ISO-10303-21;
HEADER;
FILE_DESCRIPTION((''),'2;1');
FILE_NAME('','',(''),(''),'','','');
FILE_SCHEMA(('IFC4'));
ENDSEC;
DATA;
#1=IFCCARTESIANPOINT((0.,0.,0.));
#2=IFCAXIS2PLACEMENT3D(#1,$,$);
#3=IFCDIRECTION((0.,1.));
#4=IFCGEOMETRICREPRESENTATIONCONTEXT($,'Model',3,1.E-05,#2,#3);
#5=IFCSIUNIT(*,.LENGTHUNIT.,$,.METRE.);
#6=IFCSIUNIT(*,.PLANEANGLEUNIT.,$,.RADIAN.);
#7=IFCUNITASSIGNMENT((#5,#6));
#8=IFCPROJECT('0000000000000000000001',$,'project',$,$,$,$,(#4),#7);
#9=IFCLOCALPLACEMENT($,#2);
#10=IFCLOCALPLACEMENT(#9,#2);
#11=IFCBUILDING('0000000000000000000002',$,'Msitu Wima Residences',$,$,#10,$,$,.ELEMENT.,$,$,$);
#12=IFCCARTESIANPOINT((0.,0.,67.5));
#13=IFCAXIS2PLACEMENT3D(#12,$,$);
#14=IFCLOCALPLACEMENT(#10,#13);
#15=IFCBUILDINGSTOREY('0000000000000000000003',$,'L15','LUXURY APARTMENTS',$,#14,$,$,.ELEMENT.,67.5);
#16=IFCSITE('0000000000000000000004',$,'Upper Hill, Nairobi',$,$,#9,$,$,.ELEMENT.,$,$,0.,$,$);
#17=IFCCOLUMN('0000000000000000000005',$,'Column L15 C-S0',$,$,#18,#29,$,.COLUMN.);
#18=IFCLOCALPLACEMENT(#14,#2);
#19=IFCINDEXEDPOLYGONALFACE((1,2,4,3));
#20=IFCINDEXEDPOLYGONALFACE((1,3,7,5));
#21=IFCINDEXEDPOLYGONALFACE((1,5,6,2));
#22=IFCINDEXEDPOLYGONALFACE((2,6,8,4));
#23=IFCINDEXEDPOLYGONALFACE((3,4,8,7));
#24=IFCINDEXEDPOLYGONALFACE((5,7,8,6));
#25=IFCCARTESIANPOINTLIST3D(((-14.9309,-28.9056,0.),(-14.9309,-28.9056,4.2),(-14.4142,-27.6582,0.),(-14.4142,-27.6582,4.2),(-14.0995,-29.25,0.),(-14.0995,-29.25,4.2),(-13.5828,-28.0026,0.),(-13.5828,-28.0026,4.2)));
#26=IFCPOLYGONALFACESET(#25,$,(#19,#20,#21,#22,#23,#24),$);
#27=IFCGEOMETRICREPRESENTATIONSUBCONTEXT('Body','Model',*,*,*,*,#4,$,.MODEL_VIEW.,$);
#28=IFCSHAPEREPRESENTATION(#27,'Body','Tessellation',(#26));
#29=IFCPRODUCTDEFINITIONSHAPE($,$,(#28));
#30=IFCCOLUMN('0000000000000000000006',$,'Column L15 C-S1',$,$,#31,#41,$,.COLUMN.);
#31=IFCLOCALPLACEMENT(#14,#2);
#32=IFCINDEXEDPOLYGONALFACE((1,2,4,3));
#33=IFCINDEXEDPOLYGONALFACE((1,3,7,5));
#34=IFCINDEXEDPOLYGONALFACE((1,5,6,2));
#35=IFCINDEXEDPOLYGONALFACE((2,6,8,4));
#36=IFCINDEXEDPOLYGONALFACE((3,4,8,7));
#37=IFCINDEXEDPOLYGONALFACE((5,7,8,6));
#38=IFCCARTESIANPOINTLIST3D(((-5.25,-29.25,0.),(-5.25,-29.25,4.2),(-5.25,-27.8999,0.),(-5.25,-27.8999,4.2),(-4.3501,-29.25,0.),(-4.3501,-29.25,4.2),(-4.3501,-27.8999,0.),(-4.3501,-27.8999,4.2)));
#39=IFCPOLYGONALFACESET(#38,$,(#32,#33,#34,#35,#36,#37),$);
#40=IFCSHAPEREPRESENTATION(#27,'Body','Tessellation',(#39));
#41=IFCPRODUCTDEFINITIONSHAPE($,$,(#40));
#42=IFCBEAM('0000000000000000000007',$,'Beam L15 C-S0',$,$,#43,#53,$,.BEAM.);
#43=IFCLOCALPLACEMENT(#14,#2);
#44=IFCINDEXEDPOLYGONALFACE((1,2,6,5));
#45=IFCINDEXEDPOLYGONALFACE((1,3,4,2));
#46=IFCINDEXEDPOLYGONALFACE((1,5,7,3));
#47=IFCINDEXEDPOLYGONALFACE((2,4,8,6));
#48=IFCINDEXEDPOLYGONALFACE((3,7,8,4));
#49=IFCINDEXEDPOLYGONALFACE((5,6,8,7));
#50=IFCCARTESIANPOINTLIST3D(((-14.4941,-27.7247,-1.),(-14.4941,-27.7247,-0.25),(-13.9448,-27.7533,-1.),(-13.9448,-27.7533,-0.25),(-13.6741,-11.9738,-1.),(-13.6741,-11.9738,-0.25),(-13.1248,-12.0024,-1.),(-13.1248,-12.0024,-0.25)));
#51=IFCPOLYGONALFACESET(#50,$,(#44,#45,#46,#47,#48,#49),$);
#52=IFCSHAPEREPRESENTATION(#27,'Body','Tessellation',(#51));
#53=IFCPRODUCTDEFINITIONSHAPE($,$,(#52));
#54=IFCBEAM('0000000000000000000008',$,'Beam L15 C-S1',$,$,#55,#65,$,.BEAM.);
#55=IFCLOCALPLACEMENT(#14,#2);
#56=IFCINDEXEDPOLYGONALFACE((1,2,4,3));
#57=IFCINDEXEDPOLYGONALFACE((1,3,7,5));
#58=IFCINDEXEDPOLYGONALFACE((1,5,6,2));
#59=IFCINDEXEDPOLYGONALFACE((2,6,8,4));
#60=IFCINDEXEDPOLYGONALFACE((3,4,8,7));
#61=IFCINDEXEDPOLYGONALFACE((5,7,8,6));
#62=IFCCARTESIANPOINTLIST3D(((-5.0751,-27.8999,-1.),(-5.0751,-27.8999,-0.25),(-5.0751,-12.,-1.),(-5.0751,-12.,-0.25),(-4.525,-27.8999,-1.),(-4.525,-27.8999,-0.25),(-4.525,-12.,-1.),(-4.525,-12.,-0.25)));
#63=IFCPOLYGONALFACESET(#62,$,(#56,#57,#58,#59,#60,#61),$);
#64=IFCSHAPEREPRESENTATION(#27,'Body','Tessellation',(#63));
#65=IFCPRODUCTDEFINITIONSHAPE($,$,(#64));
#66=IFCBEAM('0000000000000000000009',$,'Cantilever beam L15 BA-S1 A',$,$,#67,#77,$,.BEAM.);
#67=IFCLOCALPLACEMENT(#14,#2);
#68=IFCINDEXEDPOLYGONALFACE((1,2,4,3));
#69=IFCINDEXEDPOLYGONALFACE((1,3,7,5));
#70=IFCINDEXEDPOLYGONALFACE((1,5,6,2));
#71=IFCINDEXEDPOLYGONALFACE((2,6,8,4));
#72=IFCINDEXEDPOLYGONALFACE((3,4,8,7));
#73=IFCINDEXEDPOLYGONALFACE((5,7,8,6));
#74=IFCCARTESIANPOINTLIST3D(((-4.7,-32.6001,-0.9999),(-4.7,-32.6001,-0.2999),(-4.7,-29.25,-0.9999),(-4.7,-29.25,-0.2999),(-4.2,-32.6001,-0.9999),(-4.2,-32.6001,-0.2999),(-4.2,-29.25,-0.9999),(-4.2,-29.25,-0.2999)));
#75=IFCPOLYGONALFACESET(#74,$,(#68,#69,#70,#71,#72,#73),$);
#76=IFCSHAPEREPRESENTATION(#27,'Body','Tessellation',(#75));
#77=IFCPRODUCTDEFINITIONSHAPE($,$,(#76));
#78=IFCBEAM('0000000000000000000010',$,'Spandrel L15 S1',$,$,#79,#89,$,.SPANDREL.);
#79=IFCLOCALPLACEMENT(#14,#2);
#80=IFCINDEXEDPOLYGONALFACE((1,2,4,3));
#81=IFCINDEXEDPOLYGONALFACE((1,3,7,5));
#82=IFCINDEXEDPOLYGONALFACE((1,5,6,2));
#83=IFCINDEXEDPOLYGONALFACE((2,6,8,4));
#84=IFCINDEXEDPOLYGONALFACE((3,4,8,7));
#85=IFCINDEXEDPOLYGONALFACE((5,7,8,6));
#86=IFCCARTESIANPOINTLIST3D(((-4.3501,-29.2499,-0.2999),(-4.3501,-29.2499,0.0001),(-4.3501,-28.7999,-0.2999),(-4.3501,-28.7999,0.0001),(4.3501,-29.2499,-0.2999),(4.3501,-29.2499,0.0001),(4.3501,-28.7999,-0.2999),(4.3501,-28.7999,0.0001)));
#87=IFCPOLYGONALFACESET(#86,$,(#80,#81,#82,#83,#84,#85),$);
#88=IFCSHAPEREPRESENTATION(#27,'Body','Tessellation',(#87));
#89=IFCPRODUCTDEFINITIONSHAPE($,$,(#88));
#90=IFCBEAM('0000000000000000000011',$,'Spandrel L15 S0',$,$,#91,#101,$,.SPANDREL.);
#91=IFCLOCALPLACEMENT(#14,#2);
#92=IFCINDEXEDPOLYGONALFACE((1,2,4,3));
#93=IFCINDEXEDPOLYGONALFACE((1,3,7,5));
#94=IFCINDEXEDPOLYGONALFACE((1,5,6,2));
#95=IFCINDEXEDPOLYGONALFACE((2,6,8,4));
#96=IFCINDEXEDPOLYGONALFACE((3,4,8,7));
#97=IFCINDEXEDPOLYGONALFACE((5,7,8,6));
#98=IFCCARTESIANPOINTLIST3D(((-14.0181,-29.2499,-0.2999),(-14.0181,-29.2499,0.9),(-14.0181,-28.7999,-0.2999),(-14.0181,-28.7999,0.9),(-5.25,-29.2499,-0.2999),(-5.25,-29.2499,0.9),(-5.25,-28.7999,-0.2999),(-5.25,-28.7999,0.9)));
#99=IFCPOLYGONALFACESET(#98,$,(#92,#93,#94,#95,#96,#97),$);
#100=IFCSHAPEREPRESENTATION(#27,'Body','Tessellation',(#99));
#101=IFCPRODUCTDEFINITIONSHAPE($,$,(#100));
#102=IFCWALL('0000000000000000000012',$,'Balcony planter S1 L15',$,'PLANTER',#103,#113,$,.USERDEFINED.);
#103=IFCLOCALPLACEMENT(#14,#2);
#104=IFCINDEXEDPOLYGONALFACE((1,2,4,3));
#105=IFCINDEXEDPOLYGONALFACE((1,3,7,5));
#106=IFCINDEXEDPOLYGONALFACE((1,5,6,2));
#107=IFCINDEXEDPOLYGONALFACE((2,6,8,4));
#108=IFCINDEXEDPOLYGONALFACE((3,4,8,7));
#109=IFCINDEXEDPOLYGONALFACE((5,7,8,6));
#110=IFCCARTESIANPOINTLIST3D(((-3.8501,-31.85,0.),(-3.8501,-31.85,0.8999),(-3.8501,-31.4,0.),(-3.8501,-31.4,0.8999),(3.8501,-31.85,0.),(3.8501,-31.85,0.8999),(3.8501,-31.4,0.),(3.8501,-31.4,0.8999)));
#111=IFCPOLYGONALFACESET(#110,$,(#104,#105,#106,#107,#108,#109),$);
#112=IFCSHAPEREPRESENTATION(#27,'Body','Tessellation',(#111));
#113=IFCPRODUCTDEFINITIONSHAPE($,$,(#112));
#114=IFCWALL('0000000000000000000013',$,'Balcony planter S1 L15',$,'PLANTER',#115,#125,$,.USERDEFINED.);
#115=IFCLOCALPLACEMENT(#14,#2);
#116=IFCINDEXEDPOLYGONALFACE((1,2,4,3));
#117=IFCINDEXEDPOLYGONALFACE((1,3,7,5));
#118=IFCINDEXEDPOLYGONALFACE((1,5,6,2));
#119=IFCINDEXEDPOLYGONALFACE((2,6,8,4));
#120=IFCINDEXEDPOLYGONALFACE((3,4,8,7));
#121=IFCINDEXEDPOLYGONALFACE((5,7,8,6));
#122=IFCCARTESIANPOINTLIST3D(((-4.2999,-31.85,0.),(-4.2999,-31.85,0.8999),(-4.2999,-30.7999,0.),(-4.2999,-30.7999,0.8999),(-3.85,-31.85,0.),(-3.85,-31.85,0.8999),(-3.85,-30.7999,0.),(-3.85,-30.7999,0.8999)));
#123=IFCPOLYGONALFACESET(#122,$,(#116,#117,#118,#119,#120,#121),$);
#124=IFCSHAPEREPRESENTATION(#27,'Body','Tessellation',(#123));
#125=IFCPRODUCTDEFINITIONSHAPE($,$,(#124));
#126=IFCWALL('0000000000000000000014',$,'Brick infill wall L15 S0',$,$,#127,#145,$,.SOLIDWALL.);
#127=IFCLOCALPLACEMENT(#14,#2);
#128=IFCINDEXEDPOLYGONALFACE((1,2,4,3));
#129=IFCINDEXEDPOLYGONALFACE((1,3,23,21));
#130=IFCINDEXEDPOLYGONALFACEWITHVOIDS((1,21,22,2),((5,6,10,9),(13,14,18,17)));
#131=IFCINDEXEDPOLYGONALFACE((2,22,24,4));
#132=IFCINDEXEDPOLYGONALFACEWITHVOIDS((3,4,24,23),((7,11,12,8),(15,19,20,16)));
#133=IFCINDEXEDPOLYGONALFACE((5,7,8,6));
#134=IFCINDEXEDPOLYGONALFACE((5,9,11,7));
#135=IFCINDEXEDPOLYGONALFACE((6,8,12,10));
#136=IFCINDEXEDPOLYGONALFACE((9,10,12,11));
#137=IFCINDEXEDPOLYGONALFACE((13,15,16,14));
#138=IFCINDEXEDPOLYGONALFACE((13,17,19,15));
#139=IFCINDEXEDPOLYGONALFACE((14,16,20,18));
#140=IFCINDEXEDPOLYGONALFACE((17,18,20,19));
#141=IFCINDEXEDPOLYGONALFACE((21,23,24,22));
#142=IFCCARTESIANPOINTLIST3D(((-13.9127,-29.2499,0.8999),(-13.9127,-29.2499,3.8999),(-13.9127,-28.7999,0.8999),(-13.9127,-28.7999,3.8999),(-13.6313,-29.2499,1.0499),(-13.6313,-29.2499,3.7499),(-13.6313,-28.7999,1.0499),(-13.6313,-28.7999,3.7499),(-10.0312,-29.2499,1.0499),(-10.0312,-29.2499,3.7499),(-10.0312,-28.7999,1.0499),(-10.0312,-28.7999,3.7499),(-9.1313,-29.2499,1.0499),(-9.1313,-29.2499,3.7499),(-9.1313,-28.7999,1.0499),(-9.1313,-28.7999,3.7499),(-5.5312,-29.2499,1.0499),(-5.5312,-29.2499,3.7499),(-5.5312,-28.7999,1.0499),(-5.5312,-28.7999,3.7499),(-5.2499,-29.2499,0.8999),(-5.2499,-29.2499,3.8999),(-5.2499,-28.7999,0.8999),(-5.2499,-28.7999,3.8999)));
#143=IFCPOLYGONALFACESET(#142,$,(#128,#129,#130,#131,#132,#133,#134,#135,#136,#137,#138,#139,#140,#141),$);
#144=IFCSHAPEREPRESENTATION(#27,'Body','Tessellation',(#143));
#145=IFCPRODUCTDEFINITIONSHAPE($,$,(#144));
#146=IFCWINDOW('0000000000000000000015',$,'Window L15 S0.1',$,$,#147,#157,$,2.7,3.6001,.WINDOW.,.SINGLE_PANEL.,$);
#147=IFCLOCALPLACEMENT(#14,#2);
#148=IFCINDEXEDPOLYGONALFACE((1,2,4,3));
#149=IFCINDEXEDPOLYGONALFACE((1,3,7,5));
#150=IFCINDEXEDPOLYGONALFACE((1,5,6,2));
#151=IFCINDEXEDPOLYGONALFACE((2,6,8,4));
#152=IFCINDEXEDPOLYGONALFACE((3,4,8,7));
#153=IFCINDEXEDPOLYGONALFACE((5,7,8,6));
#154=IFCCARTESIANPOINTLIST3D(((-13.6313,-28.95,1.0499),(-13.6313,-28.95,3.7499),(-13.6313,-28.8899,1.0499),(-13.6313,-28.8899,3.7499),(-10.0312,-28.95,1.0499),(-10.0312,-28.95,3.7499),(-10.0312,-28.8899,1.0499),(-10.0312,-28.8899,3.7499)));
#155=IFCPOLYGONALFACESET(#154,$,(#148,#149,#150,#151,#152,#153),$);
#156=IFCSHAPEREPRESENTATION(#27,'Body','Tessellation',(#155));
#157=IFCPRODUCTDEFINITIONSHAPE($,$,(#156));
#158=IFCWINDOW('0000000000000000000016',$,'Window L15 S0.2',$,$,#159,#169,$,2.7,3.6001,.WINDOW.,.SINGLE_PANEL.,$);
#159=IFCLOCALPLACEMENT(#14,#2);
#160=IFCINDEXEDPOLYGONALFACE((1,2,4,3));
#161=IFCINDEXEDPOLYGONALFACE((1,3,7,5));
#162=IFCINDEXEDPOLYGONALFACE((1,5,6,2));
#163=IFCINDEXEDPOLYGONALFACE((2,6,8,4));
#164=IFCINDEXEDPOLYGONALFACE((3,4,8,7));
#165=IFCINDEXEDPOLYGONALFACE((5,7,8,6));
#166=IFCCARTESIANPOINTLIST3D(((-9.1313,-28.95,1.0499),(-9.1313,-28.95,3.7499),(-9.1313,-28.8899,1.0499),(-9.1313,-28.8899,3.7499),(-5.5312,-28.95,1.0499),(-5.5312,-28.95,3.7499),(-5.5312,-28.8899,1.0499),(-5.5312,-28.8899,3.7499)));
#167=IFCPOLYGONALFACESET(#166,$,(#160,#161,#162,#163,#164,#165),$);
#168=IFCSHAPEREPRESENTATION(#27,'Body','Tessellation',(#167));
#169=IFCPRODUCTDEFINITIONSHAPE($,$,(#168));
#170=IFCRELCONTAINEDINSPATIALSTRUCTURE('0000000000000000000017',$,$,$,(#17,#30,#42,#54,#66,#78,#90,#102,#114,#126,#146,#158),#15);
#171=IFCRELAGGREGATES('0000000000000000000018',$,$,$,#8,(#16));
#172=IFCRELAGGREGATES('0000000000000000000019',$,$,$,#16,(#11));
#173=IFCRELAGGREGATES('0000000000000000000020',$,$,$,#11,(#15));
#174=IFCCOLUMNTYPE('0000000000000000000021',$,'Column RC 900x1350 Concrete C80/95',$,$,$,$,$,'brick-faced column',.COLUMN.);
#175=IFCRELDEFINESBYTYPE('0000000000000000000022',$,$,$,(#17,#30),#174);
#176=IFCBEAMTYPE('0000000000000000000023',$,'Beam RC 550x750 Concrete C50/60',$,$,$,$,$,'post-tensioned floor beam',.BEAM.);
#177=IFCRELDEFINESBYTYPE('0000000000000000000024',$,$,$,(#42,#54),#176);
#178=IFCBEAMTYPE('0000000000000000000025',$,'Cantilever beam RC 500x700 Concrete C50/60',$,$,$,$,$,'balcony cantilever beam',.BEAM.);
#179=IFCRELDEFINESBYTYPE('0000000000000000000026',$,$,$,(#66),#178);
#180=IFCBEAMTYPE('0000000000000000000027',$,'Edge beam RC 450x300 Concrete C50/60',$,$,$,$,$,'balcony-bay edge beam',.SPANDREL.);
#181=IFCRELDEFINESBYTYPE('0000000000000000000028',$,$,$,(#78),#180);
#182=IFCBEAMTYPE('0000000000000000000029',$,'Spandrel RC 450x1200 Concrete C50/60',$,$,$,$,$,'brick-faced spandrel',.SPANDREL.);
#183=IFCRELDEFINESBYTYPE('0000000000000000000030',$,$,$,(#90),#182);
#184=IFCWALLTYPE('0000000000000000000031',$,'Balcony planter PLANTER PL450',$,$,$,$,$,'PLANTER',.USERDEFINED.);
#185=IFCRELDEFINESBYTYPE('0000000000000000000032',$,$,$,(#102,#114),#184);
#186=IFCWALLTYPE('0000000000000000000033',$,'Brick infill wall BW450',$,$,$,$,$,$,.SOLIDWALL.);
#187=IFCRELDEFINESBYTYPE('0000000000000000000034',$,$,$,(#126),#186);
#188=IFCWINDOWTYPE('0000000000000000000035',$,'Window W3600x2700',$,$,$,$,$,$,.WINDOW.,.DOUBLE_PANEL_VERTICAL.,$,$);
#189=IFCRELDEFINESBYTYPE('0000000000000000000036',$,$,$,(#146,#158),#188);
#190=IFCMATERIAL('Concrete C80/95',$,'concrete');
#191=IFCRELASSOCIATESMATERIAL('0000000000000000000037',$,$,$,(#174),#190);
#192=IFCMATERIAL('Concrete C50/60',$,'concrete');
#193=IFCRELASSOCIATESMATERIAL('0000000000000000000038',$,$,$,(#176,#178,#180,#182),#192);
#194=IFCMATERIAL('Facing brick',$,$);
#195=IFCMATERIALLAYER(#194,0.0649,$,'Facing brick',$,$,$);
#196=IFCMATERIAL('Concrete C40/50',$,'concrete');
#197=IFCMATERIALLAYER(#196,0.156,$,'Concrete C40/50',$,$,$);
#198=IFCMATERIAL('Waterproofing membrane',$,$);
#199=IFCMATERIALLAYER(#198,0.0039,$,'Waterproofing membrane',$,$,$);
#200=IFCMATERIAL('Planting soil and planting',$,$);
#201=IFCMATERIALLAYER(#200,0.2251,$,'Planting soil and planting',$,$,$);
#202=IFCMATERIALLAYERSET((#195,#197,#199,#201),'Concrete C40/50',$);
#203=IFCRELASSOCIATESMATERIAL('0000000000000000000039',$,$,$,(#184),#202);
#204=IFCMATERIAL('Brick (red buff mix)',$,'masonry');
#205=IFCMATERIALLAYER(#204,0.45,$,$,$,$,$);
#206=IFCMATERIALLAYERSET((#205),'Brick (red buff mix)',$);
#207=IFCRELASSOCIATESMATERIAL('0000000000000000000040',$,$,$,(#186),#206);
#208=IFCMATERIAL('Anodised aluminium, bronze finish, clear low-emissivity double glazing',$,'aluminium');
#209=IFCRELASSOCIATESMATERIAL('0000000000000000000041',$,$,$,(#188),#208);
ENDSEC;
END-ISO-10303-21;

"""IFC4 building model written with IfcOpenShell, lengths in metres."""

from ifc_helpers import new_model, si_unit, direction, frame, frame_2d, origin, origin_2d, place, context, subcontext, project, spatial, rectangle, extrude, material, layer, layer_set, material_profile, profile_set, type_object, element, fill, save


model = new_model("IFC4")

# Units and contexts
model_context = context("Model", 3, precision=1e-05, world=origin(), true_north=direction((0.0, 1.0)))
body_context = subcontext(model_context, "Body", "Model", "MODEL_VIEW")
ifc_project = project(units=[si_unit("LENGTHUNIT", "METRE"), si_unit("PLANEANGLEUNIT", "RADIAN")], contexts=[model_context])

# Site, building, storey
site_placement = place(None, origin())
site = spatial("IfcSite", under=ifc_project, at=site_placement, Name="Upper Hill, Nairobi", CompositionType="ELEMENT", RefElevation=0.0)
building_placement = place(site_placement, origin())
building = spatial("IfcBuilding", under=site, at=building_placement, Name="Msitu Wima Residences", CompositionType="ELEMENT")
storey_placement = place(building_placement, frame((0.0, 0.0, 67.5)))
storey = spatial("IfcBuildingStorey", under=building, at=storey_placement, Name="L15", Description="LUXURY APARTMENTS", CompositionType="ELEMENT", Elevation=67.5)

# Columns
ifc_material_1 = material(Name="Concrete C80/95", Category="concrete")
ifc_material_profile_1 = material_profile(ifc_material_1, rectangle(XDim=0.8999, YDim=1.3501, at=origin_2d()), Name="RC 900x1350")
ifc_profile_set_1 = profile_set([ifc_material_profile_1], Name="Concrete C80/95")
column_type = type_object("IfcColumnType", Name="Column RC 900x1350 Concrete C80/95", ElementType="brick-faced column", PredefinedType="COLUMN", material=ifc_profile_set_1)
for number, where, z_axis, x_axis, name in (
    (1, (-14.2568, -28.4541, 0.0), (0.0, 0.0, 1.0), (0.92388, -0.382683, 0.0), "Column L15 C-S0"),
    (2, (-4.8, -28.575, 0.0), (0.0, 0.0, 1.0), (1.0, 0.0, 0.0), "Column L15 C-S1"),
):
    element("IfcColumn", number, at=place(storey_placement, frame(where, z_axis=z_axis, x_axis=x_axis)), inside=storey, type_object=column_type, Name=name, PredefinedType="COLUMN", context=body_context, shape_type="SweptSolid", body=[
        extrude(rectangle(XDim=0.8999, YDim=1.3501, at=origin_2d()), origin(), (0.0, 0.0, 1.0), 4.2),
    ])

# Beams
ifc_material_2 = material(Name="Concrete C50/60", Category="concrete")
ifc_material_profile_2 = material_profile(ifc_material_2, rectangle(XDim=0.55, YDim=0.75, at=origin_2d()), Name="RC 550x750")
ifc_profile_set_2 = profile_set([ifc_material_profile_2], Name="Concrete C50/60")
beam_type_1 = type_object("IfcBeamType", Name="Beam RC 550x750 Concrete C50/60", ElementType="post-tensioned floor beam", PredefinedType="BEAM", material=ifc_profile_set_2)
beam_1_placement = place(storey_placement, frame((-14.2195, -27.739, -0.625), z_axis=(0.051994, 0.998647, 0.0), x_axis=(-0.998647, 0.051994, 0.0)))
element("IfcBeam", 3, at=beam_1_placement, inside=storey, type_object=beam_type_1, Name="Beam L15 C-S0", PredefinedType="BEAM", context=body_context, shape_type="SweptSolid", body=[
    extrude(rectangle(XDim=0.55, YDim=0.75, at=origin_2d()), origin(), (0.0, 0.0, 1.0), 15.7722),
])
beam_2_placement = place(storey_placement, frame((-4.8, -27.8999, -0.625), z_axis=(0.0, 1.0, 0.0), x_axis=(-1.0, 0.0, 0.0)))
element("IfcBeam", 4, at=beam_2_placement, inside=storey, type_object=beam_type_1, Name="Beam L15 C-S1", PredefinedType="BEAM", context=body_context, shape_type="SweptSolid", body=[
    extrude(rectangle(XDim=0.55, YDim=0.75, at=origin_2d()), origin(), (0.0, 0.0, 1.0), 15.8999),
])
ifc_material_profile_3 = material_profile(ifc_material_2, rectangle(XDim=0.5, YDim=0.7, at=origin_2d()), Name="RC 500x700")
ifc_profile_set_3 = profile_set([ifc_material_profile_3], Name="Concrete C50/60")
beam_type_2 = type_object("IfcBeamType", Name="Cantilever beam RC 500x700 Concrete C50/60", ElementType="balcony cantilever beam", PredefinedType="BEAM", material=ifc_profile_set_3)
beam_3_placement = place(storey_placement, frame((-4.45, -29.25, -0.6499), z_axis=(0.0, -1.0, 0.0), x_axis=(1.0, 0.0, 0.0)))
element("IfcBeam", 5, at=beam_3_placement, inside=storey, type_object=beam_type_2, Name="Cantilever beam L15 BA-S1 A", PredefinedType="BEAM", context=body_context, shape_type="SweptSolid", body=[
    extrude(rectangle(XDim=0.5, YDim=0.7, at=origin_2d()), origin(), (0.0, 0.0, 1.0), 3.3501),
])
ifc_material_profile_4 = material_profile(ifc_material_2, rectangle(XDim=0.45, YDim=0.3, at=origin_2d()), Name="RC 450x300")
ifc_profile_set_4 = profile_set([ifc_material_profile_4], Name="Concrete C50/60")
beam_type_3 = type_object("IfcBeamType", Name="Edge beam RC 450x300 Concrete C50/60", ElementType="balcony-bay edge beam", PredefinedType="SPANDREL", material=ifc_profile_set_4)
beam_4_placement = place(storey_placement, frame((-4.3501, -29.0249, -0.1499), z_axis=(1.0, 0.0, 0.0), x_axis=(0.0, 1.0, 0.0)))
element("IfcBeam", 6, at=beam_4_placement, inside=storey, type_object=beam_type_3, Name="Spandrel L15 S1", PredefinedType="SPANDREL", context=body_context, shape_type="SweptSolid", body=[
    extrude(rectangle(XDim=0.45, YDim=0.3, at=origin_2d()), origin(), (0.0, 0.0, 1.0), 8.7002),
])
ifc_material_profile_5 = material_profile(ifc_material_2, rectangle(XDim=0.45, YDim=1.2, at=origin_2d()), Name="RC 450x1200")
ifc_profile_set_5 = profile_set([ifc_material_profile_5], Name="Concrete C50/60")
beam_type_4 = type_object("IfcBeamType", Name="Spandrel RC 450x1200 Concrete C50/60", ElementType="brick-faced spandrel", PredefinedType="SPANDREL", material=ifc_profile_set_5)
beam_5_placement = place(storey_placement, frame((-14.0181, -29.0249, 0.3), z_axis=(1.0, 0.0, 0.0), x_axis=(0.0, 1.0, 0.0)))
element("IfcBeam", 7, at=beam_5_placement, inside=storey, type_object=beam_type_4, Name="Spandrel L15 S0", PredefinedType="SPANDREL", context=body_context, shape_type="SweptSolid", body=[
    extrude(rectangle(XDim=0.45, YDim=1.2, at=origin_2d()), origin(), (0.0, 0.0, 1.0), 8.7681),
])

# Walls
ifc_material_3 = material(Name="Facing brick")
ifc_layer_1 = layer(ifc_material_3, 0.0649, Name="Facing brick")
ifc_material_4 = material(Name="Concrete C40/50", Category="concrete")
ifc_layer_2 = layer(ifc_material_4, 0.156, Name="Concrete C40/50")
ifc_material_5 = material(Name="Waterproofing membrane")
ifc_layer_3 = layer(ifc_material_5, 0.0039, Name="Waterproofing membrane")
ifc_material_6 = material(Name="Planting soil and planting")
ifc_layer_4 = layer(ifc_material_6, 0.2251, Name="Planting soil and planting")
ifc_layer_set_1 = layer_set([ifc_layer_1, ifc_layer_2, ifc_layer_3, ifc_layer_4], Name="Concrete C40/50")
wall_type_1 = type_object("IfcWallType", Name="Balcony planter PLANTER PL450", ElementType="PLANTER", PredefinedType="USERDEFINED", material=ifc_layer_set_1)
wall_1_placement = place(storey_placement, frame((-3.8501, -31.625, 0.0), z_axis=(0.0, 0.0, 1.0), x_axis=(1.0, 0.0, 0.0)))
element("IfcWall", 8, at=wall_1_placement, inside=storey, type_object=wall_type_1, Name="Balcony planter S1 L15", ObjectType="PLANTER", PredefinedType="USERDEFINED", context=body_context, shape_type="SweptSolid", body=[
    extrude(rectangle(XDim=7.7002, YDim=0.45, at=frame_2d((3.8501, 0.0))), origin(), (0.0, 0.0, 1.0), 0.8999),
])
wall_2_placement = place(storey_placement, frame((-4.075, -30.8, 0.0), z_axis=(0.0, 0.0, 1.0), x_axis=(0.0, -1.0, 0.0)))
element("IfcWall", 9, at=wall_2_placement, inside=storey, type_object=wall_type_1, Name="Balcony planter S1 L15", ObjectType="PLANTER", PredefinedType="USERDEFINED", context=body_context, shape_type="SweptSolid", body=[
    extrude(rectangle(XDim=1.05, YDim=0.45, at=frame_2d((0.5249, 0.0))), origin(), (0.0, 0.0, 1.0), 0.8999),
])

# Wall, openings, windows
ifc_material_7 = material(Name="Brick (red buff mix)", Category="masonry")
ifc_layer_5 = layer(ifc_material_7, 0.45)
ifc_layer_set_2 = layer_set([ifc_layer_5], Name="Brick (red buff mix)")
wall_type_2 = type_object("IfcWallType", Name="Brick infill wall BW450", PredefinedType="SOLIDWALL", material=ifc_layer_set_2)
wall_3_placement = place(storey_placement, frame((-13.9128, -29.0249, 0.8999), z_axis=(0.0, 0.0, 1.0), x_axis=(1.0, 0.0, 0.0)))
wall_3 = element("IfcWall", 10, at=wall_3_placement, inside=storey, type_object=wall_type_2, Name="Brick infill wall L15 S0", PredefinedType="SOLIDWALL", context=body_context, shape_type="SweptSolid", body=[
    extrude(rectangle(XDim=8.6628, YDim=0.45, at=frame_2d((4.3315, 0.0))), origin(), (0.0, 0.0, 1.0), 3.0),
])
opening_1_placement = place(wall_3_placement, frame((0.2815, 0.0, 0.1499)))
opening_1 = element("IfcOpeningElement", 11, at=opening_1_placement, cuts=wall_3, PredefinedType="OPENING", context=body_context, shape_type="SweptSolid", body=[
    extrude(rectangle(XDim=3.6001, YDim=2.7, at=frame_2d((1.8, 1.3501))), frame((0.0, 0.2349, 0.0), z_axis=(0.0, -1.0, 0.0), x_axis=(1.0, 0.0, 0.0)), (0.0, 0.0, 1.0), 0.47),
])
opening_2_placement = place(wall_3_placement, frame((4.7815, 0.0, 0.1499)))
opening_2 = element("IfcOpeningElement", 12, at=opening_2_placement, cuts=wall_3, PredefinedType="OPENING", context=body_context, shape_type="SweptSolid", body=[
    extrude(rectangle(XDim=3.6001, YDim=2.7, at=frame_2d((1.8, 1.3501))), frame((0.0, 0.2349, 0.0), z_axis=(0.0, -1.0, 0.0), x_axis=(1.0, 0.0, 0.0)), (0.0, 0.0, 1.0), 0.47),
])
ifc_material_8 = material(Name="Anodised aluminium, bronze finish, clear low-emissivity double glazing", Category="aluminium")
window_type = type_object("IfcWindowType", Name="Window W3600x2700", PartitioningType="DOUBLE_PANEL_VERTICAL", PredefinedType="WINDOW", material=ifc_material_8)
window_1_placement = place(opening_1_placement, origin())
window_1 = element("IfcWindow", 13, at=window_1_placement, inside=storey, type_object=window_type, Name="Window L15 S0.1", OverallHeight=2.7, OverallWidth=3.6001, PartitioningType="SINGLE_PANEL", PredefinedType="WINDOW", context=body_context, shape_type="SweptSolid", body=[
    extrude(rectangle(XDim=3.6001, YDim=2.7, at=frame_2d((1.8, 1.3501))), frame((0.0, 0.135, 0.0), z_axis=(0.0, -1.0, 0.0), x_axis=(1.0, 0.0, 0.0)), (0.0, 0.0, 1.0), 0.0601),
])
fill(opening_1, window_1)
window_2_placement = place(opening_2_placement, origin())
window_2 = element("IfcWindow", 14, at=window_2_placement, inside=storey, type_object=window_type, Name="Window L15 S0.2", OverallHeight=2.7, OverallWidth=3.6001, PartitioningType="SINGLE_PANEL", PredefinedType="WINDOW", context=body_context, shape_type="SweptSolid", body=[
    extrude(rectangle(XDim=3.6001, YDim=2.7, at=frame_2d((1.8, 1.3501))), frame((0.0, 0.135, 0.0), z_axis=(0.0, -1.0, 0.0), x_axis=(1.0, 0.0, 0.0)), (0.0, 0.0, 1.0), 0.0601),
])
fill(opening_2, window_2)

save(model, "model.ifc")
